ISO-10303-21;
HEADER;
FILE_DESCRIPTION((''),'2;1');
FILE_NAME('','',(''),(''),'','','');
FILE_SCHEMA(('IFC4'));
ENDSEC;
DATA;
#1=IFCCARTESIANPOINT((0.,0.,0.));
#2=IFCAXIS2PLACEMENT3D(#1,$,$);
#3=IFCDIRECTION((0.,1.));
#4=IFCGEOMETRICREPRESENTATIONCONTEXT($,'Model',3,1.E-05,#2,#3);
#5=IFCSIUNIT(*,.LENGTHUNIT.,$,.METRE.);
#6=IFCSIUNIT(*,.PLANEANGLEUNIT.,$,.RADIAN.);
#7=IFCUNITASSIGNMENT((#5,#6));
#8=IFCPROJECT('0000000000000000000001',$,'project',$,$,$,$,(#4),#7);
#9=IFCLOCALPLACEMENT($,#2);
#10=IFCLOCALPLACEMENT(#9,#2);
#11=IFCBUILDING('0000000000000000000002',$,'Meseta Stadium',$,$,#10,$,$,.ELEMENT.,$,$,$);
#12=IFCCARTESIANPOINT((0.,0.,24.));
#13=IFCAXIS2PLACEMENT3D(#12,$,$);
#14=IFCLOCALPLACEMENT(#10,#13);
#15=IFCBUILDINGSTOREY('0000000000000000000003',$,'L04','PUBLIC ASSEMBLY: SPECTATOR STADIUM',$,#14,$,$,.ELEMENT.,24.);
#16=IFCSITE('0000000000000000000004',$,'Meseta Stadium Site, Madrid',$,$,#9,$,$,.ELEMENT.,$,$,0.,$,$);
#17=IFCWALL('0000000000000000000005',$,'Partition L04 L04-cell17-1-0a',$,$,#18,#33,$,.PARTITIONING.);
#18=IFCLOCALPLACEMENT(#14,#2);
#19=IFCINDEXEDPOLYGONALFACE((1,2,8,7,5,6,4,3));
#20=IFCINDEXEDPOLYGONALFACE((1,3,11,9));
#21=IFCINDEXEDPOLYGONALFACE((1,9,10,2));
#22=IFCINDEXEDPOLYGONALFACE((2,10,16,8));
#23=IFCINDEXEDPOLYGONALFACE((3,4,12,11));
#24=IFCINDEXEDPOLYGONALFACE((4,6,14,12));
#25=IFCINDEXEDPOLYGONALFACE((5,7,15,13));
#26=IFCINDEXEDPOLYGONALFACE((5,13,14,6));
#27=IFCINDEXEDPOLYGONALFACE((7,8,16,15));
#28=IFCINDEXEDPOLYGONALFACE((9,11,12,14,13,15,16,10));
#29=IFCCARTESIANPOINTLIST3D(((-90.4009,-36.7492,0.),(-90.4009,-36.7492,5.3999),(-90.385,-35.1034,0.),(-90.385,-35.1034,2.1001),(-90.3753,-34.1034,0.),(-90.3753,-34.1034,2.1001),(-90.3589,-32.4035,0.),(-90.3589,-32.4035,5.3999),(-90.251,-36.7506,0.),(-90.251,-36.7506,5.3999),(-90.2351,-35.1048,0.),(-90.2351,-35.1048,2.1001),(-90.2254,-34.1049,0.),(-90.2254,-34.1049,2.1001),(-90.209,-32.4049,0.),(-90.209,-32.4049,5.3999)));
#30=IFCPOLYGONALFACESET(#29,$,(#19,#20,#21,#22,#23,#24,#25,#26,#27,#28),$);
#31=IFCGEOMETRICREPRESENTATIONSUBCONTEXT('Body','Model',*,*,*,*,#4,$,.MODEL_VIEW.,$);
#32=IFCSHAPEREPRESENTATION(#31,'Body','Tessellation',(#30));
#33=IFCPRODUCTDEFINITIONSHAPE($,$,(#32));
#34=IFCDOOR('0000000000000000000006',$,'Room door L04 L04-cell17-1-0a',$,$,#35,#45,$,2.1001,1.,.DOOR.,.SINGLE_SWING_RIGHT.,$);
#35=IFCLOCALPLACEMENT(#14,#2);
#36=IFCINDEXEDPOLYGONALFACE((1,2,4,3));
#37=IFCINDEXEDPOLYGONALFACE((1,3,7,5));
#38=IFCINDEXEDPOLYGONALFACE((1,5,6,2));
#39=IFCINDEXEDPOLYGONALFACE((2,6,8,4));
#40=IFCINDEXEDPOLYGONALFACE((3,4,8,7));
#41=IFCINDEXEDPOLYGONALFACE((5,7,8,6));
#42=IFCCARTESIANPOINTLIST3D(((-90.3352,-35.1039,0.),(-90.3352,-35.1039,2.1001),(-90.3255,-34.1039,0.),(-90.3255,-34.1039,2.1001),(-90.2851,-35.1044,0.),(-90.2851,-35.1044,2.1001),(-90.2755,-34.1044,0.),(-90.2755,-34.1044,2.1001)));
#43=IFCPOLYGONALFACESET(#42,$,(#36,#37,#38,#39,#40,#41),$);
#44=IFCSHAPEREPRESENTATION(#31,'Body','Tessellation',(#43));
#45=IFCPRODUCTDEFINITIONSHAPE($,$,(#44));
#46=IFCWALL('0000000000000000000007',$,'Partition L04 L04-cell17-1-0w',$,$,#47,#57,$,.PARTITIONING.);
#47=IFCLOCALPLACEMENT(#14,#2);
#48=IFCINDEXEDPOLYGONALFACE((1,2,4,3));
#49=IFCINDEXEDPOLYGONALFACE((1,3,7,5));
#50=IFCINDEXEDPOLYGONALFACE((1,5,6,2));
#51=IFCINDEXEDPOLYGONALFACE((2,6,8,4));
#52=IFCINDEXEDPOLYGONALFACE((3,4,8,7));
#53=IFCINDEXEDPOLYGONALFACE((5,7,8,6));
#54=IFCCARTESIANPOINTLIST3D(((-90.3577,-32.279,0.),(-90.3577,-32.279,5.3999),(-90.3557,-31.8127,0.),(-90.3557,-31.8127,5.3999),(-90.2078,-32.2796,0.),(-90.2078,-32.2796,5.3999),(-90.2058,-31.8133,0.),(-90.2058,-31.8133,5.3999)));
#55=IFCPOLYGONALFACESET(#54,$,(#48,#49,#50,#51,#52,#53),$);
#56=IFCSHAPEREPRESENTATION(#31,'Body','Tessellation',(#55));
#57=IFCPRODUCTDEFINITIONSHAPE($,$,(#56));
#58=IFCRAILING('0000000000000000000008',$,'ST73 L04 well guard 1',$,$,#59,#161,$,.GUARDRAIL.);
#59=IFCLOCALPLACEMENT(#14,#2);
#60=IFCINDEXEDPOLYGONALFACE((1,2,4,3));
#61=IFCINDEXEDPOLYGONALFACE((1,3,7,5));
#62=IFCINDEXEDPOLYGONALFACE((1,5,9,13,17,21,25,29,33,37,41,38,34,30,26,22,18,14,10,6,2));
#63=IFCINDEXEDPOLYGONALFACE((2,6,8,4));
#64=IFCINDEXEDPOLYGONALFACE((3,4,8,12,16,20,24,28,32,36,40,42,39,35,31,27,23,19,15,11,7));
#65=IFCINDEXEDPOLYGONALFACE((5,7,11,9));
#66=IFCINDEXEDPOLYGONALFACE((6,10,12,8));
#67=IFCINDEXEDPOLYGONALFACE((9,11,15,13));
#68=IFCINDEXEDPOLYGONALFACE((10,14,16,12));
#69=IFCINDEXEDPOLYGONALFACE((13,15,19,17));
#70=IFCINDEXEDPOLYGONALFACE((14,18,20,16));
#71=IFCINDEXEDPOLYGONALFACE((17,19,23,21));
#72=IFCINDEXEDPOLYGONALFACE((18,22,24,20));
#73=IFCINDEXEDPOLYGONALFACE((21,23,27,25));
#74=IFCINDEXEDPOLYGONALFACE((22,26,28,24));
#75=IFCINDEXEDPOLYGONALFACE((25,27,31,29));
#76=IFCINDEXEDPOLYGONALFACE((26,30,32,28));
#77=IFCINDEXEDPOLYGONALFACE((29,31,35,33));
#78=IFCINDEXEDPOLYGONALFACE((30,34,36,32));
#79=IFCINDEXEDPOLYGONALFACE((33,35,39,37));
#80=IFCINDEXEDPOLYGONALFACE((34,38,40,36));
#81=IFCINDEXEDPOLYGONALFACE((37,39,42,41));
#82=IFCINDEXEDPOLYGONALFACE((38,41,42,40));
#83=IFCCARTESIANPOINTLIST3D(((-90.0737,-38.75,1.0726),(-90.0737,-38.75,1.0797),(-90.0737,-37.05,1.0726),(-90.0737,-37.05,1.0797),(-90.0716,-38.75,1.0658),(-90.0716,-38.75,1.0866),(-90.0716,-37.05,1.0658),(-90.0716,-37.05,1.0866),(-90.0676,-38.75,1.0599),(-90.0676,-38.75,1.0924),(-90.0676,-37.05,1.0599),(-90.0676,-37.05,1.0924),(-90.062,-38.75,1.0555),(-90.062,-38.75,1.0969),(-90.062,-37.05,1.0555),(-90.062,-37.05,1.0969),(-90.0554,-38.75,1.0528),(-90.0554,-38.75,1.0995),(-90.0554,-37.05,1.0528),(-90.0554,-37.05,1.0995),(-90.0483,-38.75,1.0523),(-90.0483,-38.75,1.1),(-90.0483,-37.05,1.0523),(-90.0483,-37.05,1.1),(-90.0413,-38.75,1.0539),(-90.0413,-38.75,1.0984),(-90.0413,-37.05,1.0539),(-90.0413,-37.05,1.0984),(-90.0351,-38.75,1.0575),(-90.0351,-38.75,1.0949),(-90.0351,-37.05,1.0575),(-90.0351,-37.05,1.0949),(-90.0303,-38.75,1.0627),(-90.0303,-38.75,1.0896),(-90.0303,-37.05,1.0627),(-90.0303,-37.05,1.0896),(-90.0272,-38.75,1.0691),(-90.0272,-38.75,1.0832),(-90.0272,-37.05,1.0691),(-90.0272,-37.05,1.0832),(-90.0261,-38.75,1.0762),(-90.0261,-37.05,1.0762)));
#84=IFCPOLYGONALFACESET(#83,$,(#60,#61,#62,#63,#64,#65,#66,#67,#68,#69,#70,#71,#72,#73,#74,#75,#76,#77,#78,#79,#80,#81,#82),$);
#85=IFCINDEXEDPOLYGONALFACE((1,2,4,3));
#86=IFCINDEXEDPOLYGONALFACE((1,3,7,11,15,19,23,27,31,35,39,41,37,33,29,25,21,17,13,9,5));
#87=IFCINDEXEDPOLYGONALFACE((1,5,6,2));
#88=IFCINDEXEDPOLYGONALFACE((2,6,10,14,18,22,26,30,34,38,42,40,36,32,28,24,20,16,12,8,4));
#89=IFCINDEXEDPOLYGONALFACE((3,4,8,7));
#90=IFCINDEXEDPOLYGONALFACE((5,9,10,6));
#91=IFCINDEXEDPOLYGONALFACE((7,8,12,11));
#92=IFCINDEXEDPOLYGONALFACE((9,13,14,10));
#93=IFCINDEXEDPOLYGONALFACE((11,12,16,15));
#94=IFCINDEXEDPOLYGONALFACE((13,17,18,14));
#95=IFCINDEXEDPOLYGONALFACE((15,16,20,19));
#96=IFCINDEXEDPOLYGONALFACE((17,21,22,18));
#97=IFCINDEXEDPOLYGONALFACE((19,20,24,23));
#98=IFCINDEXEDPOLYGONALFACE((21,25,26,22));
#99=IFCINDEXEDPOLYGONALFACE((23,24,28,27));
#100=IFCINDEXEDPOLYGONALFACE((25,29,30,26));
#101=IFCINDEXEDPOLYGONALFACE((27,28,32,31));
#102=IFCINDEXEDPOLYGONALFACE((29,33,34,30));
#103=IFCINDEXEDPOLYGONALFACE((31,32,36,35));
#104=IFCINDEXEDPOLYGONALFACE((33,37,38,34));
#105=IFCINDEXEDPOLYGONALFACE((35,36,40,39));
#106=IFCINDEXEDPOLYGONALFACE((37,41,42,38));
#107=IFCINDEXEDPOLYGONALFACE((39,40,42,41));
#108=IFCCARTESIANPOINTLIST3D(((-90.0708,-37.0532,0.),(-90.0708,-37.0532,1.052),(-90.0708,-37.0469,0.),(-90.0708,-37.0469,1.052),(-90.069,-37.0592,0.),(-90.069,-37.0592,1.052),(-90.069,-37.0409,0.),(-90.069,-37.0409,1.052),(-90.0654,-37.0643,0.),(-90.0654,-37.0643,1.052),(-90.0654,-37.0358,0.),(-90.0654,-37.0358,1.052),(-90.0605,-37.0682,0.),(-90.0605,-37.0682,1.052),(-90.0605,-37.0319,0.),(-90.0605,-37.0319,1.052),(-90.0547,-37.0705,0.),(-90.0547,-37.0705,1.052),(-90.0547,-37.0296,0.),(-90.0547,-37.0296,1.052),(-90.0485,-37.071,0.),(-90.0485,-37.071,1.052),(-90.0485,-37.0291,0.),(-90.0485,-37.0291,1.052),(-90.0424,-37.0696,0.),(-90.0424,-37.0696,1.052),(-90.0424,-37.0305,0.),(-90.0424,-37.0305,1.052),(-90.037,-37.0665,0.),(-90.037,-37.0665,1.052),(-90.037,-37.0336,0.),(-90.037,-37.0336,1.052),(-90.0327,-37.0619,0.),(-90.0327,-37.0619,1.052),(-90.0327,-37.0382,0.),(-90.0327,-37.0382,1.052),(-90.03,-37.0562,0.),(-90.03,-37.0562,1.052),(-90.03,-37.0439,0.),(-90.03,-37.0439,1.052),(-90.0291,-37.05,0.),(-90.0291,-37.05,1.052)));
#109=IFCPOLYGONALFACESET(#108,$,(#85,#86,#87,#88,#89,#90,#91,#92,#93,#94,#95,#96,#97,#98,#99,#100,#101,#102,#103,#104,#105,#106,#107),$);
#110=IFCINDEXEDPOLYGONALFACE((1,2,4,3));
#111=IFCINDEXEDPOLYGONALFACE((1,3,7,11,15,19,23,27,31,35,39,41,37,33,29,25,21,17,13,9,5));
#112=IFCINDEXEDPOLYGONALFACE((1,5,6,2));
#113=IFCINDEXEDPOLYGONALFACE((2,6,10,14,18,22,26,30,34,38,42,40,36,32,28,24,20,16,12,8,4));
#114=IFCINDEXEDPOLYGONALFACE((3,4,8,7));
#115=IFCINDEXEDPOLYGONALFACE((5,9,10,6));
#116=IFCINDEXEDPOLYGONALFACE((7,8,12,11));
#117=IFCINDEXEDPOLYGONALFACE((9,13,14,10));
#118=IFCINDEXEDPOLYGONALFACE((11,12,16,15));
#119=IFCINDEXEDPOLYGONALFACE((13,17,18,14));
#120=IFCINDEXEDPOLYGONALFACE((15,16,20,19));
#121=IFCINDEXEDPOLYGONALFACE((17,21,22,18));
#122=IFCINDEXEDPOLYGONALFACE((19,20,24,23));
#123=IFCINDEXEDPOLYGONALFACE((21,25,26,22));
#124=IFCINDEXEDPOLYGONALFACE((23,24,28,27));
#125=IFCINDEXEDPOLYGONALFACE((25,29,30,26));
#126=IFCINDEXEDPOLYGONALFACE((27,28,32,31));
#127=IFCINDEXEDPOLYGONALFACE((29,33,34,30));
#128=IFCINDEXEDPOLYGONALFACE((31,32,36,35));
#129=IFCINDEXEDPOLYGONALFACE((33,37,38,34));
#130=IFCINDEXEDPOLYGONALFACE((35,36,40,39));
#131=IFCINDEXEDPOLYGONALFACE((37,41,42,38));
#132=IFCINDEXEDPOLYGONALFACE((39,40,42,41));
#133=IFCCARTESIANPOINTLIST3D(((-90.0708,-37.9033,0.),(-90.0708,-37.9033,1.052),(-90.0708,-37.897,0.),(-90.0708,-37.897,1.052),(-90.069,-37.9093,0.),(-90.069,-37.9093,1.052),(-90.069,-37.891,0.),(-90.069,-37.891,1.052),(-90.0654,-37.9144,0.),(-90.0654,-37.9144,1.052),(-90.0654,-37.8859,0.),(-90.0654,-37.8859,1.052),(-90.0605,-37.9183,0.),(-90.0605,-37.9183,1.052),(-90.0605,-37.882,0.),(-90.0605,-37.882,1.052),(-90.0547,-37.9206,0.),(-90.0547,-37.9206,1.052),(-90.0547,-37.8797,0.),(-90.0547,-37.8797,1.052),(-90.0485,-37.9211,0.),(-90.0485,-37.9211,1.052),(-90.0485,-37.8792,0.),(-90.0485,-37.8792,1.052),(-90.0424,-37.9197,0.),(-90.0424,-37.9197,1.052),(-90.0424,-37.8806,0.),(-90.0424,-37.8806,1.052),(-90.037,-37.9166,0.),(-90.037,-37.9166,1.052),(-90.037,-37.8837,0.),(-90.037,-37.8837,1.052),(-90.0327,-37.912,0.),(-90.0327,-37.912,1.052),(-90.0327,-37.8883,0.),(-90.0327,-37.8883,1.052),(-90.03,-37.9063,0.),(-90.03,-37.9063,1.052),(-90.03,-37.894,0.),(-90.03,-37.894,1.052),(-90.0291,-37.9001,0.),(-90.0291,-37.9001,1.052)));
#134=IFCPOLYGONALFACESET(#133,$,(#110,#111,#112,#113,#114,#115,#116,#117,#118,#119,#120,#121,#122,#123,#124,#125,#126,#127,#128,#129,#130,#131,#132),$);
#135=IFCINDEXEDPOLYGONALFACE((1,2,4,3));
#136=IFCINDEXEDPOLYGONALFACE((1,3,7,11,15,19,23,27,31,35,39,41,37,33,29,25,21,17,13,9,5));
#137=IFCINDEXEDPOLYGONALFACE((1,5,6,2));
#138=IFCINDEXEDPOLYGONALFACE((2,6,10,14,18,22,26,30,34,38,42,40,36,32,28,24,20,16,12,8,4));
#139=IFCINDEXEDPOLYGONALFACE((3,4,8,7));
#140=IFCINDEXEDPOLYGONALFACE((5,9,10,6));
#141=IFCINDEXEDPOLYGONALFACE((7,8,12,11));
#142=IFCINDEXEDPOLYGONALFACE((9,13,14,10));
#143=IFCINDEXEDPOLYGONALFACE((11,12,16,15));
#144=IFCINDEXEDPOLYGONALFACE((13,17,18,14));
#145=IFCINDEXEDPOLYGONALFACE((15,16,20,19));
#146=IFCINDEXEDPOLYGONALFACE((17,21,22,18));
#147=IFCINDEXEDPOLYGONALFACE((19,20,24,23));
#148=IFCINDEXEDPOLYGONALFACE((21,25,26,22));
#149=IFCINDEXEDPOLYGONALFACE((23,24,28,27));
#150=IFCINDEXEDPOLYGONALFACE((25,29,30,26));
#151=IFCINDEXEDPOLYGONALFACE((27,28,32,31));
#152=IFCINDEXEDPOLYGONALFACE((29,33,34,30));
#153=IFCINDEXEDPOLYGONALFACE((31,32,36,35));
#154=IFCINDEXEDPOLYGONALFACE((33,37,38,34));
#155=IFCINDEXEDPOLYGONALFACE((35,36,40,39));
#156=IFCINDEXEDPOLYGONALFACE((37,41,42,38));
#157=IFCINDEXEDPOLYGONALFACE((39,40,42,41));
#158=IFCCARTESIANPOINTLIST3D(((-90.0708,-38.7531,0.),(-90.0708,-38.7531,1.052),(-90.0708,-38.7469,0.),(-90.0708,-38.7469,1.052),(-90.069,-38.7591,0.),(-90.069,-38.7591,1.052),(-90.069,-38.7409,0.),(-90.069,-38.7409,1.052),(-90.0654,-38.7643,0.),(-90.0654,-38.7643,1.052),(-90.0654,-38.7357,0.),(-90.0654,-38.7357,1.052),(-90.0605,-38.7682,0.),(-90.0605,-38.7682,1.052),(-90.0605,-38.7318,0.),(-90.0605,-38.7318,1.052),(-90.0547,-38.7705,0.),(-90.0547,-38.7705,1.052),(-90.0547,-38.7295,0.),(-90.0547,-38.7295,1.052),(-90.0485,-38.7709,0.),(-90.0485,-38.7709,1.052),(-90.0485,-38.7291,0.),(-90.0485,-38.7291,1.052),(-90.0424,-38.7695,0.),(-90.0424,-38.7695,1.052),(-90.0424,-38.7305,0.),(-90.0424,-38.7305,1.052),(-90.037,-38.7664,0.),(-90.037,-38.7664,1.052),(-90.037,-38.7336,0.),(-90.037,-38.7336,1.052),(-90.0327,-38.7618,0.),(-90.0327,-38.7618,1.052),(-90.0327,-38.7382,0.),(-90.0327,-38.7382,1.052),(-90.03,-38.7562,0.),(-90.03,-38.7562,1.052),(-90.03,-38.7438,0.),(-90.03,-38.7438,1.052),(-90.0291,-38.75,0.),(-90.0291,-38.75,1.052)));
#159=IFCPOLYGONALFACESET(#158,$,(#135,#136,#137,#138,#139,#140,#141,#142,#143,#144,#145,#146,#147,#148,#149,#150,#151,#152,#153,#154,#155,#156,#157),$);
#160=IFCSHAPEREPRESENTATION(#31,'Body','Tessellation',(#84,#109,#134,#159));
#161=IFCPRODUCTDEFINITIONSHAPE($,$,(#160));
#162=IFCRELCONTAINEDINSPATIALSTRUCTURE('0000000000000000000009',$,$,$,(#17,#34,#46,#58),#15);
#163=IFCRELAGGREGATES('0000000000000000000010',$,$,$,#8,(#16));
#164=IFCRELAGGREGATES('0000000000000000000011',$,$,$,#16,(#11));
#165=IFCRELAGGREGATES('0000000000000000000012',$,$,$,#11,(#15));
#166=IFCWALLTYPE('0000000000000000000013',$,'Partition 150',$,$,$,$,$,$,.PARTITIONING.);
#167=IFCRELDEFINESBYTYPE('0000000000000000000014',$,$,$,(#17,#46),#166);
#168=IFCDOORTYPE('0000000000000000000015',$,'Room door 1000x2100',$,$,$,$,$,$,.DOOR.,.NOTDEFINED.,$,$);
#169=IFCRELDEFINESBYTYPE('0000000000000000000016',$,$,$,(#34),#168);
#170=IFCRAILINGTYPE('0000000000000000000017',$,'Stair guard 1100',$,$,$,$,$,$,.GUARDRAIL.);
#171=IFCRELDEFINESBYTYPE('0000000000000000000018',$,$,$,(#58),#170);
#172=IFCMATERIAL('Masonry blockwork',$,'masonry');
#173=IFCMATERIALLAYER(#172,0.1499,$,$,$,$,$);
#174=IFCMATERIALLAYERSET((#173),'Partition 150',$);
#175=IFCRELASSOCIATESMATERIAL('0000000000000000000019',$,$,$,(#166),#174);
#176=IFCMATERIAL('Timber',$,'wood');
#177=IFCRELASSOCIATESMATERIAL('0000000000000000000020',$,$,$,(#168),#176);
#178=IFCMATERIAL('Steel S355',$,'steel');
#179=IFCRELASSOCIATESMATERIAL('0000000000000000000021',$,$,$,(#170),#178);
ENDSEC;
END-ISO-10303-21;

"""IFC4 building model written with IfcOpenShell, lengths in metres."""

from ifc_helpers import new_model, si_unit, direction, frame, frame_2d, origin, origin_2d, place, context, subcontext, project, spatial, rectangle, circle, extrude, material, layer, layer_set, type_object, element, fill, save


model = new_model("IFC4")

# Units and contexts
model_context = context("Model", 3, precision=1e-05, world=origin(), true_north=direction((0.0, 1.0)))
body_context = subcontext(model_context, "Body", "Model", "MODEL_VIEW")
ifc_project = project(units=[si_unit("LENGTHUNIT", "METRE"), si_unit("PLANEANGLEUNIT", "RADIAN")], contexts=[model_context])

# Site, building, storey
site_placement = place(None, origin())
site = spatial("IfcSite", under=ifc_project, at=site_placement, Name="Meseta Stadium Site, Madrid", CompositionType="ELEMENT", RefElevation=0.0)
building_placement = place(site_placement, origin())
building = spatial("IfcBuilding", under=site, at=building_placement, Name="Meseta Stadium", CompositionType="ELEMENT")
storey_placement = place(building_placement, frame((0.0, 0.0, 24.0)))
storey = spatial("IfcBuildingStorey", under=building, at=storey_placement, Name="L04", Description="PUBLIC ASSEMBLY: SPECTATOR STADIUM", CompositionType="ELEMENT", Elevation=24.0)

# Shared definitions
ifc_material_1 = material(Name="Masonry blockwork", Category="masonry")
ifc_layer_1 = layer(ifc_material_1, 0.1499)
ifc_layer_set_1 = layer_set([ifc_layer_1], Name="Partition 150")
wall_type_1 = type_object("IfcWallType", Name="Partition 150", PredefinedType="PARTITIONING", material=ifc_layer_set_1)

# Wall, opening, door
wall_1_placement = place(storey_placement, frame((-90.2839, -32.4043, 0.0), z_axis=(0.0, 0.0, 1.0), x_axis=(-0.009662, -0.999953, 0.0)))
wall_1 = element("IfcWall", 1, at=wall_1_placement, inside=storey, type_object=wall_type_1, Name="Partition L04 L04-cell17-1-0a", PredefinedType="PARTITIONING", context=body_context, shape_type="SweptSolid", body=[
    extrude(rectangle(XDim=4.3459, YDim=0.1499, at=frame_2d((2.1729, 0.0))), origin(), (0.0, 0.0, 1.0), 5.3999),
])
opening_1_placement = place(wall_1_placement, frame((1.7, 0.0, 0.0)))
opening_1 = element("IfcOpeningElement", 2, at=opening_1_placement, cuts=wall_1, PredefinedType="OPENING", context=body_context, shape_type="SweptSolid", body=[
    extrude(rectangle(XDim=1.0, YDim=2.1001, at=frame_2d((0.5, 1.05))), frame((0.0, 0.085, 0.0), z_axis=(0.0, -1.0, 0.0), x_axis=(1.0, 0.0, 0.0)), (0.0, 0.0, 1.0), 0.1699),
])
ifc_material_2 = material(Name="Timber", Category="wood")
door_type_1 = type_object("IfcDoorType", Name="Room door 1000x2100", OperationType="NOTDEFINED", PredefinedType="DOOR", material=ifc_material_2)
door_1_placement = place(opening_1_placement, origin())
door_1 = element("IfcDoor", 3, at=door_1_placement, inside=storey, type_object=door_type_1, Name="Room door L04 L04-cell17-1-0a", OperationType="SINGLE_SWING_RIGHT", OverallHeight=2.1001, OverallWidth=1.0, PredefinedType="DOOR", context=body_context, shape_type="SweptSolid", body=[
    extrude(rectangle(XDim=1.0, YDim=2.1001, at=frame_2d((0.5, 1.05))), frame((0.0, 0.0249, 0.0), z_axis=(0.0, -1.0, 0.0), x_axis=(1.0, 0.0, 0.0)), (0.0, 0.0, 1.0), 0.05),
])
fill(opening_1, door_1)

# Wall
wall_2_placement = place(storey_placement, frame((-90.2808, -31.813, 0.0), z_axis=(0.0, 0.0, 1.0), x_axis=(-0.004188, -0.999991, 0.0)))
element("IfcWall", 4, at=wall_2_placement, inside=storey, type_object=wall_type_1, Name="Partition L04 L04-cell17-1-0w", PredefinedType="PARTITIONING", context=body_context, shape_type="SweptSolid", body=[
    extrude(rectangle(XDim=0.4663, YDim=0.1499, at=frame_2d((0.2332, 0.0))), origin(), (0.0, 0.0, 1.0), 5.3999),
])

# Railing
ifc_material_3 = material(Name="Steel S355", Category="steel")
railing_type = type_object("IfcRailingType", Name="Stair guard 1100", PredefinedType="GUARDRAIL", material=ifc_material_3)
railing_placement = place(storey_placement, frame((-90.05, -37.05, 0.0)))
element("IfcRailing", 5, at=railing_placement, inside=storey, type_object=railing_type, Name="ST73 L04 well guard 1", PredefinedType="GUARDRAIL", context=body_context, shape_type="SweptSolid", body=[
    extrude(circle(Radius=0.0239, at=origin_2d()), frame((0.0, 0.0, 1.0762), z_axis=(0.0, -1.0, 0.0), x_axis=(1.0, 0.0, 0.0)), (0.0, 0.0, 1.0), 1.7),
    extrude(circle(Radius=0.021, at=origin_2d()), origin(), (0.0, 0.0, 1.0), 1.052),
    extrude(circle(Radius=0.021, at=origin_2d()), frame((0.0, -0.8501, 0.0)), (0.0, 0.0, 1.0), 1.052),
    extrude(circle(Radius=0.021, at=origin_2d()), frame((0.0, -1.7, 0.0)), (0.0, 0.0, 1.0), 1.052),
])

save(model, "model.ifc")
